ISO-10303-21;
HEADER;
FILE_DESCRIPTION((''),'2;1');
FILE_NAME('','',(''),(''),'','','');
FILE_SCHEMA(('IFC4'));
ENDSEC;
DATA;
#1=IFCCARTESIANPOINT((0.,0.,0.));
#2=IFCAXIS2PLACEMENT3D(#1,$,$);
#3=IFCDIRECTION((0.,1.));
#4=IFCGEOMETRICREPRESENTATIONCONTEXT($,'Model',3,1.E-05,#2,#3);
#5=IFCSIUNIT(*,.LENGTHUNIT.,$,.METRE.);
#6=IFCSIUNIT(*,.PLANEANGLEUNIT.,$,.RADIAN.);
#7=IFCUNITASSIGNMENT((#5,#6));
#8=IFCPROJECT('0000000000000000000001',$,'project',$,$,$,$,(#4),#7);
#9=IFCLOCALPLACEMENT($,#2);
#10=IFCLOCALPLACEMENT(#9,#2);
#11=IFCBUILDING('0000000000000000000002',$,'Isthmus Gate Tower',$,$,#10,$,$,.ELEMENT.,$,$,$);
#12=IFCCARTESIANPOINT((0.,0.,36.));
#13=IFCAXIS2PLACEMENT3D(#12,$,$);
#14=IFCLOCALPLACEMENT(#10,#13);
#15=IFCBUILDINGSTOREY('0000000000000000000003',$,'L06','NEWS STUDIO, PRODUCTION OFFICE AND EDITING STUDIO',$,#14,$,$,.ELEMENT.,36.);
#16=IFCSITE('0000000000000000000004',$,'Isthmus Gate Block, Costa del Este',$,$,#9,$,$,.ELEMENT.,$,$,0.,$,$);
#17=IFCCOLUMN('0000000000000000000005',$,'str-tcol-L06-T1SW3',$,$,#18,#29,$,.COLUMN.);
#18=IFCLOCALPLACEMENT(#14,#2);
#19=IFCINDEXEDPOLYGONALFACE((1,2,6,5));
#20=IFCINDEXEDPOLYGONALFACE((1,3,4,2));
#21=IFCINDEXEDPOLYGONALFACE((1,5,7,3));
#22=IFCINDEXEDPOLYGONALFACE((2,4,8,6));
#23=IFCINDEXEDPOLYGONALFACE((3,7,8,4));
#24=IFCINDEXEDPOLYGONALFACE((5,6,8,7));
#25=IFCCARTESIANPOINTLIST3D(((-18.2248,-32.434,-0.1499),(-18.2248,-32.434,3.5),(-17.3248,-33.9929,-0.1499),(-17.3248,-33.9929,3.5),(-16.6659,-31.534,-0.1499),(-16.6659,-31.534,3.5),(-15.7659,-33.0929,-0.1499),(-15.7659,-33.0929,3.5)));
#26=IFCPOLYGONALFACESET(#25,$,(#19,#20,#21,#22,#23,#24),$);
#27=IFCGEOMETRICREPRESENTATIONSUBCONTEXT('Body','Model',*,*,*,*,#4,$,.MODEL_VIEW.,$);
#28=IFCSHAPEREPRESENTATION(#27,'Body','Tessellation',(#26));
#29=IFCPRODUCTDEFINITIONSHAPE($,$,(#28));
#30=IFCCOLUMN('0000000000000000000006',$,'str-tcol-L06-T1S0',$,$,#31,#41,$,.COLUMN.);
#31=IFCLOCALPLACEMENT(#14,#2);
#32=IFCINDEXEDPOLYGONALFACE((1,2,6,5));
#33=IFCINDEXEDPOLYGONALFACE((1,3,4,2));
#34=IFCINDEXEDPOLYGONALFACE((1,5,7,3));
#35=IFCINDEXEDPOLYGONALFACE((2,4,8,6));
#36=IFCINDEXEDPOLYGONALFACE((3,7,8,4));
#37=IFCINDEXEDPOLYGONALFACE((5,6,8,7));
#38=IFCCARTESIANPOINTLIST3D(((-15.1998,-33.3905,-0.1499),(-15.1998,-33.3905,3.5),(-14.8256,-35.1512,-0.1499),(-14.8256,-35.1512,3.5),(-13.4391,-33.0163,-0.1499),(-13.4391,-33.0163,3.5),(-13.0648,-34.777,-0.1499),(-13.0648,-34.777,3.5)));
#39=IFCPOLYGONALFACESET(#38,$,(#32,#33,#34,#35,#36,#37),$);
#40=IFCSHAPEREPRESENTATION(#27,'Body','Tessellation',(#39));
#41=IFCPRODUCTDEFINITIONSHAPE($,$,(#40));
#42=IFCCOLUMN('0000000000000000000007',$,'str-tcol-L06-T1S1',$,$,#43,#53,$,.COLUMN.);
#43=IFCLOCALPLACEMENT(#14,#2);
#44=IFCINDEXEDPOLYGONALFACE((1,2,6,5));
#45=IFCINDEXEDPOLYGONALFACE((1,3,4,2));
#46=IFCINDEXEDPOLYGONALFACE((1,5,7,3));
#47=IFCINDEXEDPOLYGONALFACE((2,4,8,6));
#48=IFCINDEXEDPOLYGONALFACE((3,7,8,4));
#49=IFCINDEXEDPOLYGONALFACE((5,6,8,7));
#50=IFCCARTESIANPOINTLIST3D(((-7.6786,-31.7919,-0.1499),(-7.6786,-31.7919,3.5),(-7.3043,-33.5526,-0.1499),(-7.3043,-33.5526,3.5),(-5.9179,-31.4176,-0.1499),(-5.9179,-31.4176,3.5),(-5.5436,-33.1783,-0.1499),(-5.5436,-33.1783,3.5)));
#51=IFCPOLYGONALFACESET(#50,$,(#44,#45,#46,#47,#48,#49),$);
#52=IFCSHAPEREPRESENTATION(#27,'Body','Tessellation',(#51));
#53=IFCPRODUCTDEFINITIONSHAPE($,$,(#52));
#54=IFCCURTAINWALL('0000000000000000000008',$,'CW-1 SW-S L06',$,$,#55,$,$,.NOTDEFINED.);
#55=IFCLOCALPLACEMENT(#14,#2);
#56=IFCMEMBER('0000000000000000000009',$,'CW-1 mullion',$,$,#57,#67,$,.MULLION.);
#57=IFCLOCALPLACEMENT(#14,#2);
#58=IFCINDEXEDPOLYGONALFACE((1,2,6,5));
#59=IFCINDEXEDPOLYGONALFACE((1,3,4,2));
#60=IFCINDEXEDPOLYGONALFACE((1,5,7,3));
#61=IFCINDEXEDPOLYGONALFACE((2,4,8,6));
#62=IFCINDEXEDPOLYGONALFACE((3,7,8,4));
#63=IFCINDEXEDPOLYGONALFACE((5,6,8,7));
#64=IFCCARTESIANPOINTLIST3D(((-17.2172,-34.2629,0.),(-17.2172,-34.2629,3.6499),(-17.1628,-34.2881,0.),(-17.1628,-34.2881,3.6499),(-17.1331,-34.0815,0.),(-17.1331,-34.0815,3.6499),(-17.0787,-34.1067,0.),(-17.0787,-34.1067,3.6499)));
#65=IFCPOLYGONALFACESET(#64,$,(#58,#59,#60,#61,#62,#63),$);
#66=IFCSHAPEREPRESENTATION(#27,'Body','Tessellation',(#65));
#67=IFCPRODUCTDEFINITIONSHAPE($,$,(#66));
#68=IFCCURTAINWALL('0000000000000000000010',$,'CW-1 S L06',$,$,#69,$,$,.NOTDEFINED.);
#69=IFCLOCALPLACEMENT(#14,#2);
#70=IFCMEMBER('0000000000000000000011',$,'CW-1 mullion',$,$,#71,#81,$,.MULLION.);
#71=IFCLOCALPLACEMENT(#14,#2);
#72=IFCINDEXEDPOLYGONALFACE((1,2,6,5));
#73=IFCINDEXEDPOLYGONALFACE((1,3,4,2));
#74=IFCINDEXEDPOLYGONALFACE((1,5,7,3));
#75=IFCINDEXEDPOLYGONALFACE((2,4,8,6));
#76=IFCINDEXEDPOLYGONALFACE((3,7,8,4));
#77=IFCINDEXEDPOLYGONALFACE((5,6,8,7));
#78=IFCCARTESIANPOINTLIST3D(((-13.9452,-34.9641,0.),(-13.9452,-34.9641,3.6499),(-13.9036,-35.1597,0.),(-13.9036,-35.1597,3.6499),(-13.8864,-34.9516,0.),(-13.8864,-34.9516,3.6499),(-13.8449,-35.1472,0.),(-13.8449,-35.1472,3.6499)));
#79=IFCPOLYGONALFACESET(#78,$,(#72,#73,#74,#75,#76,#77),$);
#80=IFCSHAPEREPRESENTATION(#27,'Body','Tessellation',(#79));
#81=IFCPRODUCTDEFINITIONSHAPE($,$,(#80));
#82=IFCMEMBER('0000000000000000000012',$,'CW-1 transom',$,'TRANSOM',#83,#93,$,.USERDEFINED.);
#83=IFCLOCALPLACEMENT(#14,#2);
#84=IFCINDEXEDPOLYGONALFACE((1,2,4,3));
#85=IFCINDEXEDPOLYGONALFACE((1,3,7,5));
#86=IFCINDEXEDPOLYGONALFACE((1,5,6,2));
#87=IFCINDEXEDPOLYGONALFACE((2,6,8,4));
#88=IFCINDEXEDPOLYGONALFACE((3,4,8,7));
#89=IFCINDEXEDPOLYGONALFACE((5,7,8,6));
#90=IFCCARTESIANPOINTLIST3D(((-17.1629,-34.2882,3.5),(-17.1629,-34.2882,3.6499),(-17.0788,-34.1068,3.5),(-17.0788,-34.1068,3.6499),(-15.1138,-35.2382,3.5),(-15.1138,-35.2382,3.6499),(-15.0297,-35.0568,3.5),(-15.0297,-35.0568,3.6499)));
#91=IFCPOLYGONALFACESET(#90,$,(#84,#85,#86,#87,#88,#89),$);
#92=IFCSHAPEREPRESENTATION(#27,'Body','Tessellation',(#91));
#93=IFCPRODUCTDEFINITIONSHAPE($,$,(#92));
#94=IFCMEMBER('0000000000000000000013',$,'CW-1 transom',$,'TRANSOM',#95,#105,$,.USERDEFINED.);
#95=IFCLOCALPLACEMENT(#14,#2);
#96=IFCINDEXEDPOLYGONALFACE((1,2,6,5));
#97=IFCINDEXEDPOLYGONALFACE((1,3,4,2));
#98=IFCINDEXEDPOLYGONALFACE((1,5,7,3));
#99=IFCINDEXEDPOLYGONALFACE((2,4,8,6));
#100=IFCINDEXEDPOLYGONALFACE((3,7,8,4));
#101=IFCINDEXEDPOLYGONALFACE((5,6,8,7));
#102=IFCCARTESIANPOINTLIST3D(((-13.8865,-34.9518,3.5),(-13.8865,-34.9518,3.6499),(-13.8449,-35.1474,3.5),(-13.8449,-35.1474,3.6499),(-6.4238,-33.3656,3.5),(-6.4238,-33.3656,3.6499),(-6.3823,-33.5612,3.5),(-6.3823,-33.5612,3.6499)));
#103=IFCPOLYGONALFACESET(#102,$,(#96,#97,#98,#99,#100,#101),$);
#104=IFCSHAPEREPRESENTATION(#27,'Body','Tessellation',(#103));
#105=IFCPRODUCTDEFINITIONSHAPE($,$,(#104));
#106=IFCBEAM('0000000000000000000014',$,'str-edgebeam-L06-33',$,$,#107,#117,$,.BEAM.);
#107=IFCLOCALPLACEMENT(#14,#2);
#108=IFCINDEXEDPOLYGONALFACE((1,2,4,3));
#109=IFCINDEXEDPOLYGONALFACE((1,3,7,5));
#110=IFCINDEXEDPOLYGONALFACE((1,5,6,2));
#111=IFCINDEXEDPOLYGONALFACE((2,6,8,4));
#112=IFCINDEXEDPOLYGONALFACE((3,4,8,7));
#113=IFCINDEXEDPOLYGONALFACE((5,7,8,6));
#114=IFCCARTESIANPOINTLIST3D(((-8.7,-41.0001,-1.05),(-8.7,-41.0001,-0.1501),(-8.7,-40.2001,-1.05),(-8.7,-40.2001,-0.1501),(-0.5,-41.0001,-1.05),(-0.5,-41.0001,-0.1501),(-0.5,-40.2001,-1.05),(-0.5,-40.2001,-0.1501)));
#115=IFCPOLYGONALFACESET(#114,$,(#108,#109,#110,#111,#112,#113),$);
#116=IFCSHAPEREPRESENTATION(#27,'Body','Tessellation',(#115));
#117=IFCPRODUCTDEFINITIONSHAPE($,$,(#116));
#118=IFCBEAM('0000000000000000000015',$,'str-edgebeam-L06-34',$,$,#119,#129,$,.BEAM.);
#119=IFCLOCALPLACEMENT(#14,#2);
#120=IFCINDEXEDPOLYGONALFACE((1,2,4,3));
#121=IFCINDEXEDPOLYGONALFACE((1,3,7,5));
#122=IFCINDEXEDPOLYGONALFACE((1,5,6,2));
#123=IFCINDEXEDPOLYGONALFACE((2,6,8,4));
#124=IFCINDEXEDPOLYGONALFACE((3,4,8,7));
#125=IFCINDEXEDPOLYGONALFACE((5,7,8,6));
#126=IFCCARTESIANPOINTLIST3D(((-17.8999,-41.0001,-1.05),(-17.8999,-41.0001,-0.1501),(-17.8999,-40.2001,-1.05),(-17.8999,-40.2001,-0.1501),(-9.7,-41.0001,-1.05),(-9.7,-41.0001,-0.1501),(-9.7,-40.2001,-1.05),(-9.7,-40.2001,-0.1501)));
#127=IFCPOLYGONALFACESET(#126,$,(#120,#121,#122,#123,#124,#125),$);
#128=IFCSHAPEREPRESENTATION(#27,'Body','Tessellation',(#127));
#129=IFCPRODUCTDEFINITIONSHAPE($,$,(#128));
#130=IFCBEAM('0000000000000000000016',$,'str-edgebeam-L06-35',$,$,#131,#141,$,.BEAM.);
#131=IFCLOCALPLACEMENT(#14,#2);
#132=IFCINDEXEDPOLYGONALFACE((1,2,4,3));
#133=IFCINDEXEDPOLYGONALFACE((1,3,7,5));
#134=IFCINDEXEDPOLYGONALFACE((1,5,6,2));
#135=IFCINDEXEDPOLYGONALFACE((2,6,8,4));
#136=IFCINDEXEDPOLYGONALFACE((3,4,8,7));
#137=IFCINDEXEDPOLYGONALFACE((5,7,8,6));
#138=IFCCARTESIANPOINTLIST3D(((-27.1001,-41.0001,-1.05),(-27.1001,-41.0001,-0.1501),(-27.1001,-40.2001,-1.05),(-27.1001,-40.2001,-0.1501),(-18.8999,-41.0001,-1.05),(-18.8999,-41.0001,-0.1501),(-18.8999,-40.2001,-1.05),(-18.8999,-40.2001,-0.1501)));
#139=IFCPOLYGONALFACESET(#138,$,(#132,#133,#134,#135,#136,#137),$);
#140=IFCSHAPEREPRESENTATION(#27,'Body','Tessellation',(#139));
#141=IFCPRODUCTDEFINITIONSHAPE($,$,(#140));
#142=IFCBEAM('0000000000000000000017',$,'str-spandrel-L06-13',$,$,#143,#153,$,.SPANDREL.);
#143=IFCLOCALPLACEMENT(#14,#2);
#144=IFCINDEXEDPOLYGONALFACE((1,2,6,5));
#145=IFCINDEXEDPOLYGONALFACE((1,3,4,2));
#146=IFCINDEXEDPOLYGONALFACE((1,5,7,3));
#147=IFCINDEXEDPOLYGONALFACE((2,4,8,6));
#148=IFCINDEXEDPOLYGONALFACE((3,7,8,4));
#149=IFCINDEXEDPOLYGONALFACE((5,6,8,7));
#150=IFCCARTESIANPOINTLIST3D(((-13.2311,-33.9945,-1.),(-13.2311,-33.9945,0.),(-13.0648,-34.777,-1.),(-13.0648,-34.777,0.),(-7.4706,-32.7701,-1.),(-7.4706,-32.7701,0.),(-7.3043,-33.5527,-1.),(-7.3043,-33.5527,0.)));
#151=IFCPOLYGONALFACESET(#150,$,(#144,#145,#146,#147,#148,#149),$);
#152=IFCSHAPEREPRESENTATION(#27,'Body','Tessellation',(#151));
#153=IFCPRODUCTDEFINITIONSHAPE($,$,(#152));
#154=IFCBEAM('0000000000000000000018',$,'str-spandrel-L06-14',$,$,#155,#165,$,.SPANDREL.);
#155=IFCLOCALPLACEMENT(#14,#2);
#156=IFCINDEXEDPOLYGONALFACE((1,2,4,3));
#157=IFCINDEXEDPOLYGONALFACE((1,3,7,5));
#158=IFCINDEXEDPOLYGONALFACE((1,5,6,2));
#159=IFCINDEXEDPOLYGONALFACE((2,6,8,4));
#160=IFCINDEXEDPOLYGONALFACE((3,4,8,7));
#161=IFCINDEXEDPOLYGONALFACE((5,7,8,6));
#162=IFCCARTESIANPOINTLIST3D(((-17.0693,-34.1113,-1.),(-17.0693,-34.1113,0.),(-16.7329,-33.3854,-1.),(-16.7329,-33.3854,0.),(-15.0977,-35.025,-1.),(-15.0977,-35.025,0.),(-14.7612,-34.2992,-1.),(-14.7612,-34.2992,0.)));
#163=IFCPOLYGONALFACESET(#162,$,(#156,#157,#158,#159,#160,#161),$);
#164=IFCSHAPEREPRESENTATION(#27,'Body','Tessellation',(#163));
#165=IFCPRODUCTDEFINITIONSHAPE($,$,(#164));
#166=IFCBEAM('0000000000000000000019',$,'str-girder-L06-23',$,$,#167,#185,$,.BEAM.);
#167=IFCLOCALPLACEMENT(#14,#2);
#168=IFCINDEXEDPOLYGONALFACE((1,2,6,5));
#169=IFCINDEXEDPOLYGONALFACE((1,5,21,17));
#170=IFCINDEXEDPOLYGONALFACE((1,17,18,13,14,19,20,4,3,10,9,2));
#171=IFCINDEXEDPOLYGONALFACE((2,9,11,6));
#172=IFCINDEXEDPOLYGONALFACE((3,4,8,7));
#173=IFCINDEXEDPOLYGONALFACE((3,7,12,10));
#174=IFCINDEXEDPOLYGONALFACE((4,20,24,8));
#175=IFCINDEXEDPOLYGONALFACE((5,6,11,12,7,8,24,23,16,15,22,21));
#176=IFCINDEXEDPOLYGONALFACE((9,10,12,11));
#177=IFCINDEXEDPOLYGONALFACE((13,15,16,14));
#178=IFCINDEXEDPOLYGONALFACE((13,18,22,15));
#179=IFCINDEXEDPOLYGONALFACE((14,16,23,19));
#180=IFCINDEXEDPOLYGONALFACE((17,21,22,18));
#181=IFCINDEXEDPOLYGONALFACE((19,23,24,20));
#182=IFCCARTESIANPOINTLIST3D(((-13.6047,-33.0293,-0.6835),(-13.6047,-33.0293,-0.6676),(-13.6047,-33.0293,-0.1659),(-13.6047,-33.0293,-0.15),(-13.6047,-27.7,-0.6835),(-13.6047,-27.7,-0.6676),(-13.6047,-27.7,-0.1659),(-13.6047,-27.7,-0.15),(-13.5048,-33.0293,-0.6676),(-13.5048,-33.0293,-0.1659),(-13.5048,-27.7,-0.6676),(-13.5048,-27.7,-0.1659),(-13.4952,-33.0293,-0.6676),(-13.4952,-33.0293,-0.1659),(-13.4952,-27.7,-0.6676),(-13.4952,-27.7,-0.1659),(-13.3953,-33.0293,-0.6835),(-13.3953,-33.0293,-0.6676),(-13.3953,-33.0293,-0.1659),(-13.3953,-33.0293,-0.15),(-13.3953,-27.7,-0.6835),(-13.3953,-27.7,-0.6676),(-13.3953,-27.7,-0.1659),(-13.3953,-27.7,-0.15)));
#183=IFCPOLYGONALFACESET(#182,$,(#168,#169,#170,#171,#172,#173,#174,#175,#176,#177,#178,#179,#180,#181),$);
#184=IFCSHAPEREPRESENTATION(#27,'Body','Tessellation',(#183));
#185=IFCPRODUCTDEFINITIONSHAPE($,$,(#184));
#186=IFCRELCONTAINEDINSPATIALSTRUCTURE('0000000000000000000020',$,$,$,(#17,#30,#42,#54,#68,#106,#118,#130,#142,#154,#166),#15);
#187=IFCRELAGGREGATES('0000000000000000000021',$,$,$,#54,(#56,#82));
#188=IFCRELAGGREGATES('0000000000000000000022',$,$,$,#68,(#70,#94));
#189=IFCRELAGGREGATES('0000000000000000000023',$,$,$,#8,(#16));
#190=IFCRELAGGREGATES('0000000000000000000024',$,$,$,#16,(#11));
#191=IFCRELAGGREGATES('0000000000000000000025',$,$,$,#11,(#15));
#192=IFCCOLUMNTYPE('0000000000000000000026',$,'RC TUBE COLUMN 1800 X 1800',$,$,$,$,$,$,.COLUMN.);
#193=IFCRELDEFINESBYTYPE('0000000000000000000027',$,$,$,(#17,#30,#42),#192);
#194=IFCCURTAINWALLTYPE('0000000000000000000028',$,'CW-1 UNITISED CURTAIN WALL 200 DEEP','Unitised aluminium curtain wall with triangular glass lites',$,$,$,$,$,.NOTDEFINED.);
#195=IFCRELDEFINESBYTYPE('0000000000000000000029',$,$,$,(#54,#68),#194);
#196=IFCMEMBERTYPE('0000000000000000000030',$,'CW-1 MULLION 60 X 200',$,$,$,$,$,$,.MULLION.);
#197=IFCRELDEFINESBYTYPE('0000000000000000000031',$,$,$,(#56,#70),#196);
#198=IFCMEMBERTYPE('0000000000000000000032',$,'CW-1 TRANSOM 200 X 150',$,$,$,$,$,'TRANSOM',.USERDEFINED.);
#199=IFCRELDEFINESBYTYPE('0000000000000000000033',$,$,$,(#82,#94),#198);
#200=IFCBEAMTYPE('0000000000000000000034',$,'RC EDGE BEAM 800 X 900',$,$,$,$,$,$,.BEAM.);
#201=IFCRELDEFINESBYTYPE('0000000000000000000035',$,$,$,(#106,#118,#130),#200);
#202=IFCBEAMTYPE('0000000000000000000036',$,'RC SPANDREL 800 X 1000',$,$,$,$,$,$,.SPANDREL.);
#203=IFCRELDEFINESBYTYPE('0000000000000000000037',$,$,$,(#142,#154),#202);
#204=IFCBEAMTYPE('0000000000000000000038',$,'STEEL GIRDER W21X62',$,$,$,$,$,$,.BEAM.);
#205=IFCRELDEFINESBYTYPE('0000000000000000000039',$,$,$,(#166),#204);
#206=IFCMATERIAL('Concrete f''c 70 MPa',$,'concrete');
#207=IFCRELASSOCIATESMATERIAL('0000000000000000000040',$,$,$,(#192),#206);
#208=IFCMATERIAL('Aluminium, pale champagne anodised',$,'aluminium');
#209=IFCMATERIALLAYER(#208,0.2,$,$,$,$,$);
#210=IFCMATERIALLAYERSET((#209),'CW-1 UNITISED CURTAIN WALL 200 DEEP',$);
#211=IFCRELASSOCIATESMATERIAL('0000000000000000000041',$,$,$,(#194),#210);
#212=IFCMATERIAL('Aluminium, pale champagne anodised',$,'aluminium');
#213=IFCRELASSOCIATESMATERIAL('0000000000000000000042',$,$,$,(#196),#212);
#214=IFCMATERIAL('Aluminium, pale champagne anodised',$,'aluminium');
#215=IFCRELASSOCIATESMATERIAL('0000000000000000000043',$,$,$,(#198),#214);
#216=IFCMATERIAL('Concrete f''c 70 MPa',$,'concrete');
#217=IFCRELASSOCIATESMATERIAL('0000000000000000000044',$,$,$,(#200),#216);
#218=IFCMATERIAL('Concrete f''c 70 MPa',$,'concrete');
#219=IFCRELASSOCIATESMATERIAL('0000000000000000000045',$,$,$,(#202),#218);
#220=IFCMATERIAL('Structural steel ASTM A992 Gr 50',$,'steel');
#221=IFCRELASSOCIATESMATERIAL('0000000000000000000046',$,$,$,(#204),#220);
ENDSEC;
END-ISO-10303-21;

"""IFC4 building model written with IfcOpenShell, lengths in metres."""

from ifc_helpers import new_model, si_unit, direction, frame, origin, origin_2d, place, context, subcontext, project, spatial, rectangle, i_section, extrude, material, layer, layer_set, material_profile, profile_set, type_object, element, aggregate, save


model = new_model("IFC4")

# Units and contexts
model_context = context("Model", 3, precision=1e-05, world=origin(), true_north=direction((0.0, 1.0)))
body_context = subcontext(model_context, "Body", "Model", "MODEL_VIEW")
ifc_project = project(units=[si_unit("LENGTHUNIT", "METRE"), si_unit("PLANEANGLEUNIT", "RADIAN")], contexts=[model_context])

# Site, building, storey
site_placement = place(None, origin())
site = spatial("IfcSite", under=ifc_project, at=site_placement, Name="Isthmus Gate Block, Costa del Este", CompositionType="ELEMENT", RefElevation=0.0)
building_placement = place(site_placement, origin())
building = spatial("IfcBuilding", under=site, at=building_placement, Name="Isthmus Gate Tower", CompositionType="ELEMENT")
storey_placement = place(building_placement, frame((0.0, 0.0, 36.0)))
storey = spatial("IfcBuildingStorey", under=building, at=storey_placement, Name="L06", Description="NEWS STUDIO, PRODUCTION OFFICE AND EDITING STUDIO", CompositionType="ELEMENT", Elevation=36.0)

# Columns
ifc_material_1 = material(Name="Concrete f'c 70 MPa", Category="concrete")
ifc_material_profile_1 = material_profile(ifc_material_1, rectangle(XDim=1.8, YDim=1.8, at=origin_2d()), Name="RC 1800X1800")
ifc_profile_set_1 = profile_set([ifc_material_profile_1], Name="Concrete f'c 70 MPa")
column_type = type_object("IfcColumnType", Name="RC TUBE COLUMN 1800 X 1800", PredefinedType="COLUMN", material=ifc_profile_set_1)
for number, where, z_axis, x_axis, name in (
    (1, (-16.9954, -32.7634, -0.1499), (0.0, 0.0, 1.0), (0.5, -0.866025, 0.0), "str-tcol-L06-T1SW3"),
    (2, (-14.1323, -34.0837, -0.1499), (0.0, 0.0, 1.0), (0.978148, 0.207912, 0.0), "str-tcol-L06-T1S0"),
    (3, (-6.6111, -32.4851, -0.1499), (0.0, 0.0, 1.0), (0.978148, 0.207912, 0.0), "str-tcol-L06-T1S1"),
):
    element("IfcColumn", number, at=place(storey_placement, frame(where, z_axis=z_axis, x_axis=x_axis)), inside=storey, type_object=column_type, Name=name, PredefinedType="COLUMN", context=body_context, shape_type="SweptSolid", body=[
        extrude(rectangle(XDim=1.8, YDim=1.8, at=origin_2d()), origin(), (0.0, 0.0, 1.0), 3.6499),
    ])

# Curtain walls, members
ifc_material_2 = material(Name="Aluminium, pale champagne anodised", Category="aluminium")
ifc_layer_1 = layer(ifc_material_2, 0.2)
ifc_layer_set_1 = layer_set([ifc_layer_1], Name="CW-1 UNITISED CURTAIN WALL 200 DEEP")
curtain_wall_type = type_object("IfcCurtainWallType", Name="CW-1 UNITISED CURTAIN WALL 200 DEEP", Description="Unitised aluminium curtain wall with triangular glass lites", PredefinedType="NOTDEFINED", material=ifc_layer_set_1)
curtain_wall_1_placement = place(storey_placement, origin())
curtain_wall_1 = element("IfcCurtainWall", 4, at=curtain_wall_1_placement, inside=storey, type_object=curtain_wall_type, Name="CW-1 SW-S L06", PredefinedType="NOTDEFINED")
ifc_material_3 = material(Name="Aluminium, pale champagne anodised", Category="aluminium")
ifc_material_profile_2 = material_profile(ifc_material_3, rectangle(XDim=0.0601, YDim=0.2, at=origin_2d()), Name="60x200")
ifc_profile_set_2 = profile_set([ifc_material_profile_2], Name="Aluminium, pale champagne anodised")
member_type_1 = type_object("IfcMemberType", Name="CW-1 MULLION 60 X 200", PredefinedType="MULLION", material=ifc_profile_set_2)
member_1_placement = place(storey_placement, frame((-17.1479, -34.1848, 0.0), z_axis=(0.0, 0.0, 1.0), x_axis=(0.907256, -0.420578, 0.0)))
member_1 = element("IfcMember", 5, at=member_1_placement, type_object=member_type_1, Name="CW-1 mullion", PredefinedType="MULLION", context=body_context, shape_type="SweptSolid", body=[
    extrude(rectangle(XDim=0.0601, YDim=0.2, at=origin_2d()), origin(), (0.0, 0.0, 1.0), 3.6499),
])
curtain_wall_2_placement = place(storey_placement, origin())
curtain_wall_2 = element("IfcCurtainWall", 6, at=curtain_wall_2_placement, inside=storey, type_object=curtain_wall_type, Name="CW-1 S L06", PredefinedType="NOTDEFINED")
member_2_placement = place(storey_placement, frame((-13.895, -35.0557, 0.0), z_axis=(0.0, 0.0, 1.0), x_axis=(0.978148, 0.207912, 0.0)))
member_2 = element("IfcMember", 7, at=member_2_placement, type_object=member_type_1, Name="CW-1 mullion", PredefinedType="MULLION", context=body_context, shape_type="SweptSolid", body=[
    extrude(rectangle(XDim=0.0601, YDim=0.2, at=origin_2d()), origin(), (0.0, 0.0, 1.0), 3.6499),
])

# Members
ifc_material_4 = material(Name="Aluminium, pale champagne anodised", Category="aluminium")
ifc_material_profile_3 = material_profile(ifc_material_4, rectangle(XDim=0.2, YDim=0.1499, at=origin_2d()), Name="200x150")
ifc_profile_set_3 = profile_set([ifc_material_profile_3], Name="Aluminium, pale champagne anodised")
member_type_2 = type_object("IfcMemberType", Name="CW-1 TRANSOM 200 X 150", ElementType="TRANSOM", PredefinedType="USERDEFINED", material=ifc_profile_set_3)
member_3_placement = place(storey_placement, frame((-17.1208, -34.1975, 3.575), z_axis=(0.907246, -0.4206, 0.0), x_axis=(0.4206, 0.907246, 0.0)))
member_3 = element("IfcMember", 8, at=member_3_placement, type_object=member_type_2, Name="CW-1 transom", ObjectType="TRANSOM", PredefinedType="USERDEFINED", context=body_context, shape_type="SweptSolid", body=[
    extrude(rectangle(XDim=0.2, YDim=0.1499, at=origin_2d()), origin(), (0.0, 0.0, 1.0), 2.2585),
])
member_4_placement = place(storey_placement, frame((-13.8657, -35.0496, 3.575), z_axis=(0.978149, 0.207905, 0.0), x_axis=(-0.207905, 0.978149, 0.0)))
member_4 = element("IfcMember", 9, at=member_4_placement, type_object=member_type_2, Name="CW-1 transom", ObjectType="TRANSOM", PredefinedType="USERDEFINED", context=body_context, shape_type="SweptSolid", body=[
    extrude(rectangle(XDim=0.2, YDim=0.1499, at=origin_2d()), origin(), (0.0, 0.0, 1.0), 7.6294),
])

# Beams
ifc_material_5 = material(Name="Concrete f'c 70 MPa", Category="concrete")
ifc_material_profile_4 = material_profile(ifc_material_5, rectangle(XDim=0.8, YDim=0.8999, at=origin_2d()), Name="RC 800X900")
ifc_profile_set_4 = profile_set([ifc_material_profile_4], Name="Concrete f'c 70 MPa")
beam_type_1 = type_object("IfcBeamType", Name="RC EDGE BEAM 800 X 900", PredefinedType="BEAM", material=ifc_profile_set_4)
for number, where, z_axis, x_axis, name in (
    (10, (-0.5, -40.6001, -0.6001), (-1.0, 0.0, 0.0), (0.0, -1.0, 0.0), "str-edgebeam-L06-33"),
    (11, (-9.7, -40.6001, -0.6001), (-1.0, 0.0, 0.0), (0.0, -1.0, 0.0), "str-edgebeam-L06-34"),
):
    element("IfcBeam", number, at=place(storey_placement, frame(where, z_axis=z_axis, x_axis=x_axis)), inside=storey, type_object=beam_type_1, Name=name, PredefinedType="BEAM", context=body_context, shape_type="SweptSolid", body=[
        extrude(rectangle(XDim=0.8, YDim=0.8999, at=origin_2d()), origin(), (0.0, 0.0, 1.0), 8.2),
    ])
beam_1_placement = place(storey_placement, frame((-18.8999, -40.6001, -0.6001), z_axis=(-1.0, 0.0, 0.0), x_axis=(0.0, -1.0, 0.0)))
element("IfcBeam", 12, at=beam_1_placement, inside=storey, type_object=beam_type_1, Name="str-edgebeam-L06-35", PredefinedType="BEAM", context=body_context, shape_type="SweptSolid", body=[
    extrude(rectangle(XDim=0.8, YDim=0.8999, at=origin_2d()), origin(), (0.0, 0.0, 1.0), 8.2002),
])
ifc_material_6 = material(Name="Concrete f'c 70 MPa", Category="concrete")
ifc_material_profile_5 = material_profile(ifc_material_6, rectangle(XDim=0.8, YDim=1.0, at=origin_2d()), Name="RC 800X1000")
ifc_profile_set_5 = profile_set([ifc_material_profile_5], Name="Concrete f'c 70 MPa")
beam_type_2 = type_object("IfcBeamType", Name="RC SPANDREL 800 X 1000", PredefinedType="SPANDREL", material=ifc_profile_set_5)
beam_2_placement = place(storey_placement, frame((-7.3875, -33.1614, -0.5), z_axis=(-0.97815, -0.207901, 0.0), x_axis=(0.207901, -0.97815, 0.0)))
element("IfcBeam", 13, at=beam_2_placement, inside=storey, type_object=beam_type_2, Name="str-spandrel-L06-13", PredefinedType="SPANDREL", context=body_context, shape_type="SweptSolid", body=[
    extrude(rectangle(XDim=0.8, YDim=1.0, at=origin_2d()), origin(), (0.0, 0.0, 1.0), 5.8892),
])
beam_3_placement = place(storey_placement, frame((-14.9294, -34.6621, -0.5), z_axis=(-0.907291, 0.420504, 0.0), x_axis=(-0.420504, -0.907291, 0.0)))
element("IfcBeam", 14, at=beam_3_placement, inside=storey, type_object=beam_type_2, Name="str-spandrel-L06-14", PredefinedType="SPANDREL", context=body_context, shape_type="SweptSolid", body=[
    extrude(rectangle(XDim=0.8, YDim=1.0, at=origin_2d()), origin(), (0.0, 0.0, 1.0), 2.1731),
])
ifc_material_7 = material(Name="Structural steel ASTM A992 Gr 50", Category="steel")
ifc_material_profile_6 = material_profile(ifc_material_7, i_section(OverallWidth=0.2095, OverallDepth=0.5334, WebThickness=0.0095, FlangeThickness=0.0159, at=origin_2d()), Name="W21X62")
ifc_profile_set_6 = profile_set([ifc_material_profile_6], Name="Structural steel ASTM A992 Gr 50")
beam_type_3 = type_object("IfcBeamType", Name="STEEL GIRDER W21X62", PredefinedType="BEAM", material=ifc_profile_set_6)
beam_4_placement = place(storey_placement, frame((-13.5, -33.0293, -0.4167), z_axis=(0.0, 1.0, 0.0), x_axis=(-1.0, 0.0, 0.0)))
element("IfcBeam", 15, at=beam_4_placement, inside=storey, type_object=beam_type_3, Name="str-girder-L06-23", PredefinedType="BEAM", context=body_context, shape_type="SweptSolid", body=[
    extrude(i_section(OverallWidth=0.2095, OverallDepth=0.5334, WebThickness=0.0095, FlangeThickness=0.0159, at=origin_2d()), origin(), (0.0, 0.0, 1.0), 5.3293),
])

aggregate(curtain_wall_1, [member_1, member_3])

aggregate(curtain_wall_2, [member_2, member_4])

save(model, "model.ifc")
